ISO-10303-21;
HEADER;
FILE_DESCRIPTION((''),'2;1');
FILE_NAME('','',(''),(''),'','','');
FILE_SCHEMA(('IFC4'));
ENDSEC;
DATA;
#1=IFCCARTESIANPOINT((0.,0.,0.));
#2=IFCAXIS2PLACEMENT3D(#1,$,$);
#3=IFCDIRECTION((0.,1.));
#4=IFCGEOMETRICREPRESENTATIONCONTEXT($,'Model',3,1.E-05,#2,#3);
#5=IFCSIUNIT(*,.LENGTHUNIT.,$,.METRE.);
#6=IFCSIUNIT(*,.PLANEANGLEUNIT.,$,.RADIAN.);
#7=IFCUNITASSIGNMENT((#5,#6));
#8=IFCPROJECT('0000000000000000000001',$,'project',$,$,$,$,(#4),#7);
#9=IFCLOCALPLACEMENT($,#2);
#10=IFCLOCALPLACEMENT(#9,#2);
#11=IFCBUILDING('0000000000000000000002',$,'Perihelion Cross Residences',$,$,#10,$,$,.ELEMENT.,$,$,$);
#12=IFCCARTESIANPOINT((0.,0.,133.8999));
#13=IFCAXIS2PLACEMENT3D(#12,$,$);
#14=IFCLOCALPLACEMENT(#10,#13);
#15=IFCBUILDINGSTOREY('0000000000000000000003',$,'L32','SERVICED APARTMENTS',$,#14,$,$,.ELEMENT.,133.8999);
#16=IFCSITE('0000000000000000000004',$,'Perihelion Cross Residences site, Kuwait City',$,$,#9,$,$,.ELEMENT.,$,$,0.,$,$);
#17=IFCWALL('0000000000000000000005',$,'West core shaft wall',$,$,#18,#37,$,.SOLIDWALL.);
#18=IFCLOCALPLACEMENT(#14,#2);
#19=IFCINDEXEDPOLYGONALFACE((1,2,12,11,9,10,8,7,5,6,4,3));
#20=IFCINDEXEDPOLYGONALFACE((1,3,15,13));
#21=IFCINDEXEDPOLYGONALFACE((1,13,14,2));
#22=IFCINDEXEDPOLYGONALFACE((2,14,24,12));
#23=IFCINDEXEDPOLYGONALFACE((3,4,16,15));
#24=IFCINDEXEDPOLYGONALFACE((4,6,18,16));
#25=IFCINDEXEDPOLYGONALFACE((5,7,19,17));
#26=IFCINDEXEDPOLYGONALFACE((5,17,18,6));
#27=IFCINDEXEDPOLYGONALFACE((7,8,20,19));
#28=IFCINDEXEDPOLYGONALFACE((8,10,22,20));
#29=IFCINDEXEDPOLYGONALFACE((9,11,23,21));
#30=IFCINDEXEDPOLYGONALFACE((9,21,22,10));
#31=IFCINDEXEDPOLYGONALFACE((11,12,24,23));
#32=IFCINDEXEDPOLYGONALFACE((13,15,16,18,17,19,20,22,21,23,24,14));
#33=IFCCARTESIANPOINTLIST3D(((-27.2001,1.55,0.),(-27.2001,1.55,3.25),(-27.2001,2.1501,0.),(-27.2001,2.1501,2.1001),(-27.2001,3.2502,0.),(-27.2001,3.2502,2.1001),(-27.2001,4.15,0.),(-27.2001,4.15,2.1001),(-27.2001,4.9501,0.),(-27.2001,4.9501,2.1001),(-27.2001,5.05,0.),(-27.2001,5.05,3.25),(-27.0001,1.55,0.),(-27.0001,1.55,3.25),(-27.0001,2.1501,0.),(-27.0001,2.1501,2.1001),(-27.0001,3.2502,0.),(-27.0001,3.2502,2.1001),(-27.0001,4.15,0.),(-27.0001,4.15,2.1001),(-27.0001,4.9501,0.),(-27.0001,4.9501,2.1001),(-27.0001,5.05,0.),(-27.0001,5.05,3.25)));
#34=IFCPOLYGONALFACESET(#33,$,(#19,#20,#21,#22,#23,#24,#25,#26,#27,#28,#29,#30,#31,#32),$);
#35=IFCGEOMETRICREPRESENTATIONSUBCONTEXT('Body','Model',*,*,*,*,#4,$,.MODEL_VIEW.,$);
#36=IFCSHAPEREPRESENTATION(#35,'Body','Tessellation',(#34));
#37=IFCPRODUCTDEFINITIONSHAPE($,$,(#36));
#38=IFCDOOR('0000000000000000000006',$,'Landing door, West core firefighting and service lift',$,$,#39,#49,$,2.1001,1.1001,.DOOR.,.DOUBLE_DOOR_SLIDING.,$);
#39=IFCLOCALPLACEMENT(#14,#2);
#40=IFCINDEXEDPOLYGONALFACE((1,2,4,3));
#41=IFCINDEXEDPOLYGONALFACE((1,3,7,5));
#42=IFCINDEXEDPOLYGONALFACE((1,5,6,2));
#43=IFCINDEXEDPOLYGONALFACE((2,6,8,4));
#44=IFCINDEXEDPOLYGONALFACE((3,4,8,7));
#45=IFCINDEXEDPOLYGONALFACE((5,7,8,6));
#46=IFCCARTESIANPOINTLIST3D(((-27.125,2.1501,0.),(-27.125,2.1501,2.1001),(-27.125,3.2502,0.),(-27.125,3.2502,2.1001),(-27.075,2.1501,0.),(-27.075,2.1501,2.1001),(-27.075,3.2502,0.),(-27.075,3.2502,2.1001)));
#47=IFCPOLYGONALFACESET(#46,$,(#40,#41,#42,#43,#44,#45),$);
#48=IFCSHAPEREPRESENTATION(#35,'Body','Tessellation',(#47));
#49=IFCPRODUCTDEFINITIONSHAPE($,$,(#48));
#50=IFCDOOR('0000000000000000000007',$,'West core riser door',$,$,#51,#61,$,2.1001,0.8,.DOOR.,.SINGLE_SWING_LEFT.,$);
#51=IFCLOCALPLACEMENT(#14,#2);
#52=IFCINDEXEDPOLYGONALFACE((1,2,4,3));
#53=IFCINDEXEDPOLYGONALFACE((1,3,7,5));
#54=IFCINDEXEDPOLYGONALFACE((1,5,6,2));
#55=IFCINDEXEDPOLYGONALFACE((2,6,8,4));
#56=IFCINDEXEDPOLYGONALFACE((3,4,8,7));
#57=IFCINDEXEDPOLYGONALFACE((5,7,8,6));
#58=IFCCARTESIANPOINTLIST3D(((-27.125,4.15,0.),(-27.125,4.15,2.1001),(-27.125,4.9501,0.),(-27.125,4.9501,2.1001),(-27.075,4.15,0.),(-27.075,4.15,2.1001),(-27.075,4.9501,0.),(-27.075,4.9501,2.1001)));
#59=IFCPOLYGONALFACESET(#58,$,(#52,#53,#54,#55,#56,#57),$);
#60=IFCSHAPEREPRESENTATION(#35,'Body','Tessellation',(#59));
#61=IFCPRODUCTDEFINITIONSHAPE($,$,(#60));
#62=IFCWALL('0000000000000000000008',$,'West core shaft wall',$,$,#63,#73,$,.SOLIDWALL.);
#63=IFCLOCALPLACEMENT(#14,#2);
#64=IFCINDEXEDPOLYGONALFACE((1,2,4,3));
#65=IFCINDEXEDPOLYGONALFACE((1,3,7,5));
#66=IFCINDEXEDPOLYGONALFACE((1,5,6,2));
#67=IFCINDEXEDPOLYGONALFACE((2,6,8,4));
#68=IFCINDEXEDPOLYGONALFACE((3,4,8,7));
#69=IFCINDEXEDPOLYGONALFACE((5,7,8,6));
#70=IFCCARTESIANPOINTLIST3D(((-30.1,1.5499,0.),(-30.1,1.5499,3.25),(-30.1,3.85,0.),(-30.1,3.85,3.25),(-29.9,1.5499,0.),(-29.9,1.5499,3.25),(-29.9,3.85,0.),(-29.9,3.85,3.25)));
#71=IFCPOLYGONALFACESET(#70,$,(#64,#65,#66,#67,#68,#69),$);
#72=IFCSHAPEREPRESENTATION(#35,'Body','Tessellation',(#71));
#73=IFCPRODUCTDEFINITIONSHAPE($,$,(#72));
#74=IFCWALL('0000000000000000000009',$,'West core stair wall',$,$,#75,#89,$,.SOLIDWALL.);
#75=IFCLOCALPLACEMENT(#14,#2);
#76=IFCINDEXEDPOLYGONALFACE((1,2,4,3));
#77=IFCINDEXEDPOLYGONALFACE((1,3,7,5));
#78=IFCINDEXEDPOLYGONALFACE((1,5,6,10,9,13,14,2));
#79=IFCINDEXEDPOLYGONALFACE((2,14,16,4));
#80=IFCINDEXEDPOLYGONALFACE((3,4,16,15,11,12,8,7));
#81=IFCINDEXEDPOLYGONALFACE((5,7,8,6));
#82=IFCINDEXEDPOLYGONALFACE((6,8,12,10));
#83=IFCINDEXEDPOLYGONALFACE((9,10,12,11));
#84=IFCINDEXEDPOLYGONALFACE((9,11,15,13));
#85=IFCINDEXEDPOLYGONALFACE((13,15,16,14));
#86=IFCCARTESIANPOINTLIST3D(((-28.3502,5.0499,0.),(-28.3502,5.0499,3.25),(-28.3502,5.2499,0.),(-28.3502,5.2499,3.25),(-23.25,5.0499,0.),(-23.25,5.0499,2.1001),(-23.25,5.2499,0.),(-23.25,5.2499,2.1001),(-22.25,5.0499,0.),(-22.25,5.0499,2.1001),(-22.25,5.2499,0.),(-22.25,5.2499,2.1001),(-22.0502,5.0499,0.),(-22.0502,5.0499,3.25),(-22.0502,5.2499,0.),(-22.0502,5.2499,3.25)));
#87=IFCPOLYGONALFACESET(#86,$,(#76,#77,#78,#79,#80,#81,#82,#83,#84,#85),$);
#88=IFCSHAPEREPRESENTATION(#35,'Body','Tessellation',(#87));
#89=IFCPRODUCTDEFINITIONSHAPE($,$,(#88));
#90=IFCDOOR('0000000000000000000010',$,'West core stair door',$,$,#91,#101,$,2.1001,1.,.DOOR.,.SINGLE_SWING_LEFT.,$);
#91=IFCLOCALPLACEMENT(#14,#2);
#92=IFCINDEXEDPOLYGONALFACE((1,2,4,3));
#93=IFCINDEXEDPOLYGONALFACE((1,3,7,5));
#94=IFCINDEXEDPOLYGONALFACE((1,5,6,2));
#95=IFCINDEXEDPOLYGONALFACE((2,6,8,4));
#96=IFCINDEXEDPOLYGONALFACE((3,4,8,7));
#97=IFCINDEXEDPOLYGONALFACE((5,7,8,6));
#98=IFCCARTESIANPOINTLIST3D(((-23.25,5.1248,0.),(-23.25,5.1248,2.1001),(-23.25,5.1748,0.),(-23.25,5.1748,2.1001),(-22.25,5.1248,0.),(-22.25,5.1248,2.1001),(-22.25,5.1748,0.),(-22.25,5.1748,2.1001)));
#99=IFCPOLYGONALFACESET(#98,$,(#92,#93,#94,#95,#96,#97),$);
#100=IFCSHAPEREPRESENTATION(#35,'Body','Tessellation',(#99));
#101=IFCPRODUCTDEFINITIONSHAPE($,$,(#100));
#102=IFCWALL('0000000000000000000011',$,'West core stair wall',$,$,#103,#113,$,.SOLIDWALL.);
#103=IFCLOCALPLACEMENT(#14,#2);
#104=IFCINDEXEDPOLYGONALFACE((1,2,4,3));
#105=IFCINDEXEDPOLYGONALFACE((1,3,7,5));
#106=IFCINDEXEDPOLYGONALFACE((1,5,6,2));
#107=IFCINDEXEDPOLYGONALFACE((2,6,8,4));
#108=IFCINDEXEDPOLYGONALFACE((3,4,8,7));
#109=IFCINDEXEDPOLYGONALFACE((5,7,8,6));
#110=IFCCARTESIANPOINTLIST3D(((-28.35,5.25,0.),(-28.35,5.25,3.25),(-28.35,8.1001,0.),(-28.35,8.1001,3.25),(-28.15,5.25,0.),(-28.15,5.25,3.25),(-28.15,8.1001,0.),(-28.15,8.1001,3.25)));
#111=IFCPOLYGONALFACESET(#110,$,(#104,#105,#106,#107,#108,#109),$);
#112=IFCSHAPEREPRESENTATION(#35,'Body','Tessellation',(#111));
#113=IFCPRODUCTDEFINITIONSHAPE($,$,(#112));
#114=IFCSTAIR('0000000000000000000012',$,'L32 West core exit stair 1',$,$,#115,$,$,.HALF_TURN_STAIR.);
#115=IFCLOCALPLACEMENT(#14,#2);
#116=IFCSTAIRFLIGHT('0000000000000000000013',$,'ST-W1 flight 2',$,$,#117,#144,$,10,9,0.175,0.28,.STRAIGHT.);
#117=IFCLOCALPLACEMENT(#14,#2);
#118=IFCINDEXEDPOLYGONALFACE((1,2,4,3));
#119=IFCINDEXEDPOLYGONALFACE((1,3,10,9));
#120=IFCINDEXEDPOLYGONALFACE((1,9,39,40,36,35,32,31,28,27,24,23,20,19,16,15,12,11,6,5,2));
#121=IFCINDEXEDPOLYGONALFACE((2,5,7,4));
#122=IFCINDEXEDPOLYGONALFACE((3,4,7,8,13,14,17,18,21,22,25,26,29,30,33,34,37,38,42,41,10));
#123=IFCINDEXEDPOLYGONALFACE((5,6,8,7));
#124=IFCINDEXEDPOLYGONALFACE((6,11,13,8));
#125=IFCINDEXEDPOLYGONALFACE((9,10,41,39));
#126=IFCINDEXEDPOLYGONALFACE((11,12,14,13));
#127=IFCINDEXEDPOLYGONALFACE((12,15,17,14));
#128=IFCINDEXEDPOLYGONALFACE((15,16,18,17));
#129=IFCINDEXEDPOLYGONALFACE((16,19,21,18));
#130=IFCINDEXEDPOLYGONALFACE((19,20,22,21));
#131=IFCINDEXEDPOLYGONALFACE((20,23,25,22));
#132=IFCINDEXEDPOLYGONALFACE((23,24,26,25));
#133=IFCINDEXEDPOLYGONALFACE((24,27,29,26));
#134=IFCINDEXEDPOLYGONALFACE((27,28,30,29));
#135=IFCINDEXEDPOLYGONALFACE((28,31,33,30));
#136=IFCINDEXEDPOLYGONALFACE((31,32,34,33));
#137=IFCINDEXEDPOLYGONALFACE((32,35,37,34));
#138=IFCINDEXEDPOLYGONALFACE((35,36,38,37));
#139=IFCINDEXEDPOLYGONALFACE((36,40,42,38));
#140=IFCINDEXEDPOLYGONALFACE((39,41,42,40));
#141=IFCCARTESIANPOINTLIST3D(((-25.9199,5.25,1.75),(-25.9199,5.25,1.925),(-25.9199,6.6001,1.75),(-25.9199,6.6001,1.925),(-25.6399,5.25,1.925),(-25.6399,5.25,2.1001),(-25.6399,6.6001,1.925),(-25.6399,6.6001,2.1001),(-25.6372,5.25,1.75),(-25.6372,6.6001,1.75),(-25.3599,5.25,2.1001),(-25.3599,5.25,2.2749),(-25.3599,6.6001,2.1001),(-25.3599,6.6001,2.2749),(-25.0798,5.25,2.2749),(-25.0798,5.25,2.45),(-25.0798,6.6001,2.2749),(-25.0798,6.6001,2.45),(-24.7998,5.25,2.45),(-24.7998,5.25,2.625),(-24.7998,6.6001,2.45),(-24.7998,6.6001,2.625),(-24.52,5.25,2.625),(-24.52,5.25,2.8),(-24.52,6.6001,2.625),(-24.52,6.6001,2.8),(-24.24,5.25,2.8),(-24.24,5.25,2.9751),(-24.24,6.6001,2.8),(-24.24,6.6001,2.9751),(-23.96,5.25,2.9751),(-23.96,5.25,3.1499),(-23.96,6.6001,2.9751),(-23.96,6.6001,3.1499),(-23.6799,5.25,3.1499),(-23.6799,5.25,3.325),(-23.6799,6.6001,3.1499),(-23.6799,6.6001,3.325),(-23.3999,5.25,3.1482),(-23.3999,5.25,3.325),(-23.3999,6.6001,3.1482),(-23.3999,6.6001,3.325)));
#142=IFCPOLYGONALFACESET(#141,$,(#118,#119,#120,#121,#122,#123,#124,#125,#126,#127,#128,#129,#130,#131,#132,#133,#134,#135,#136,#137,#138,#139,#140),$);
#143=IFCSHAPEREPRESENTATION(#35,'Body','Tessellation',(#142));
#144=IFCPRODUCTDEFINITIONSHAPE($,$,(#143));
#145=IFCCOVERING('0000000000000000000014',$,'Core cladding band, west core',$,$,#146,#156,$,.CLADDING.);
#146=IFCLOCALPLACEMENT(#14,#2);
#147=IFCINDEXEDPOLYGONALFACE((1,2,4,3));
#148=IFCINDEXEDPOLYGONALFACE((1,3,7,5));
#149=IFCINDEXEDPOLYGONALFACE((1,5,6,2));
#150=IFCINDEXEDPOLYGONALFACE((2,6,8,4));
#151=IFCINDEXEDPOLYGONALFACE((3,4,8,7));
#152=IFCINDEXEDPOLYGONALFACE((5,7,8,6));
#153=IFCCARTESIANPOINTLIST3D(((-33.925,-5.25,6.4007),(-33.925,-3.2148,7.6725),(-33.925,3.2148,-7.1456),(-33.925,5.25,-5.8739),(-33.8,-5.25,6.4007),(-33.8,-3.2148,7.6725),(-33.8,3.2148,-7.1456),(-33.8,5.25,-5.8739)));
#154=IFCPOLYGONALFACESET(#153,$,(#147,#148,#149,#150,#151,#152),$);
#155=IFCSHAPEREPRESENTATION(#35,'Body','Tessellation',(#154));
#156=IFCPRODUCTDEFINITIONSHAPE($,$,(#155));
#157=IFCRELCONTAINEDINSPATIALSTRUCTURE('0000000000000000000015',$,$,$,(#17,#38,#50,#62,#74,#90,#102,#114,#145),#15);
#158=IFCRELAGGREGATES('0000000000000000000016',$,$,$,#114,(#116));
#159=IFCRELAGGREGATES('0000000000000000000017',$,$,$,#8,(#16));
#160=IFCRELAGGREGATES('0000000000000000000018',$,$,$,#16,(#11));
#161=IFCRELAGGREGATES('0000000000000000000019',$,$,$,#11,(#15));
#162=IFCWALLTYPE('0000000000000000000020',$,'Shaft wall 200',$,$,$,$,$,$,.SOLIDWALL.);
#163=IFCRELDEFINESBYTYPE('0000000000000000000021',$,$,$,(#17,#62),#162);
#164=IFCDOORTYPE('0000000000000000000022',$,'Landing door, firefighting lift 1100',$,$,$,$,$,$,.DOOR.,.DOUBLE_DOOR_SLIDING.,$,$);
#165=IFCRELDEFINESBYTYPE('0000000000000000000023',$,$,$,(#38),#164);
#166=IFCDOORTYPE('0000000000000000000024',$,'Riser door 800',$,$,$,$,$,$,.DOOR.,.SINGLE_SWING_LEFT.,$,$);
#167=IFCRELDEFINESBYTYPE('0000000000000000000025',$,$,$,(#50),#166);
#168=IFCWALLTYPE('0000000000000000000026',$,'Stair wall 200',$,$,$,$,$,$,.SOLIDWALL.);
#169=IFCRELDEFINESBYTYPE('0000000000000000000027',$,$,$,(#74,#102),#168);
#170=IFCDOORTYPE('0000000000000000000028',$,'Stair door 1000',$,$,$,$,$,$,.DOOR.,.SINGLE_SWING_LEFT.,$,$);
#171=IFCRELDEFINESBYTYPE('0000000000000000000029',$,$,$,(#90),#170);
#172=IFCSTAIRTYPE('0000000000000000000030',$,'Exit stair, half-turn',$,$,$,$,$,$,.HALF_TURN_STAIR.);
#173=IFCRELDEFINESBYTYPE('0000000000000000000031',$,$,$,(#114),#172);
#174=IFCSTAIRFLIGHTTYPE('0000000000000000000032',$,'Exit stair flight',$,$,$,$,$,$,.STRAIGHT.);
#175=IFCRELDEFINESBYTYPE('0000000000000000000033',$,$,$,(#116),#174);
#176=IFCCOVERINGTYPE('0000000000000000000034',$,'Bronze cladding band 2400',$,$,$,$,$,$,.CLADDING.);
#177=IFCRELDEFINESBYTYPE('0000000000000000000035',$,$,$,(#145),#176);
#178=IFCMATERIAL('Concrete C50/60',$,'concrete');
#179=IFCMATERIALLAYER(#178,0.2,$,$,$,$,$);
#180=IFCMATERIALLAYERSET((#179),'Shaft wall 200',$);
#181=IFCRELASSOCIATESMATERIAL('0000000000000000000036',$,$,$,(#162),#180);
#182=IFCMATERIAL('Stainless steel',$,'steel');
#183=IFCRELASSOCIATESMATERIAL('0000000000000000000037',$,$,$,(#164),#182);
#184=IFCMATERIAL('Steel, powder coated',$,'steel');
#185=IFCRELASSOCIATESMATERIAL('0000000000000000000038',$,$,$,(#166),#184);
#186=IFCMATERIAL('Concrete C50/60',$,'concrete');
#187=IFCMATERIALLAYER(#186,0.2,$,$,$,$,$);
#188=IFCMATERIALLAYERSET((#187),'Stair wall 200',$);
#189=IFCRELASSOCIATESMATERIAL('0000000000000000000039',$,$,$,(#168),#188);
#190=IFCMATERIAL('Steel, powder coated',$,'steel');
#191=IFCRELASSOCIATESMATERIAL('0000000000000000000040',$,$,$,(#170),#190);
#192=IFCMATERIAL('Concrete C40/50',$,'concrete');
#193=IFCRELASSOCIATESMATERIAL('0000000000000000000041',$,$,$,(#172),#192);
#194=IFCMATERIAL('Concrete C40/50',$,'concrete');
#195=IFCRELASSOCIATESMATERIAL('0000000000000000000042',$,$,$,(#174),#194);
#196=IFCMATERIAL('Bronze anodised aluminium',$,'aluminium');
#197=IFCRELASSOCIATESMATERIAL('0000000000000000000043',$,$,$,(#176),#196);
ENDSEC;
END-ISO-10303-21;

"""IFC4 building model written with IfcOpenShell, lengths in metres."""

from ifc_helpers import new_model, si_unit, direction, frame, frame_2d, origin, origin_2d, place, context, subcontext, project, spatial, polyline, rectangle, outline, extrude, material, layer, layer_set, material_profile, profile_set, type_object, element, fill, aggregate, save


model = new_model("IFC4")

# Units and contexts
model_context = context("Model", 3, precision=1e-05, world=origin(), true_north=direction((0.0, 1.0)))
body_context = subcontext(model_context, "Body", "Model", "MODEL_VIEW")
ifc_project = project(units=[si_unit("LENGTHUNIT", "METRE"), si_unit("PLANEANGLEUNIT", "RADIAN")], contexts=[model_context])

# Site, building, storey
site_placement = place(None, origin())
site = spatial("IfcSite", under=ifc_project, at=site_placement, Name="Perihelion Cross Residences site, Kuwait City", CompositionType="ELEMENT", RefElevation=0.0)
building_placement = place(site_placement, origin())
building = spatial("IfcBuilding", under=site, at=building_placement, Name="Perihelion Cross Residences", CompositionType="ELEMENT")
storey_placement = place(building_placement, frame((0.0, 0.0, 133.8999)))
storey = spatial("IfcBuildingStorey", under=building, at=storey_placement, Name="L32", Description="SERVICED APARTMENTS", CompositionType="ELEMENT", Elevation=133.8999)

# Shared definitions
ifc_material_1 = material(Name="Concrete C50/60", Category="concrete")
ifc_layer_1 = layer(ifc_material_1, 0.2)
ifc_layer_set_1 = layer_set([ifc_layer_1], Name="Shaft wall 200")
wall_type_1 = type_object("IfcWallType", Name="Shaft wall 200", PredefinedType="SOLIDWALL", material=ifc_layer_set_1)

# Wall, openings, doors
wall_1_placement = place(storey_placement, frame((-27.1001, 1.55, 0.0), z_axis=(0.0, 0.0, 1.0), x_axis=(0.0, 1.0, 0.0)))
wall_1 = element("IfcWall", 1, at=wall_1_placement, inside=storey, type_object=wall_type_1, Name="West core shaft wall", PredefinedType="SOLIDWALL", context=body_context, shape_type="SweptSolid", body=[
    extrude(rectangle(XDim=3.5, YDim=0.2, at=frame_2d((1.75, 0.0))), origin(), (0.0, 0.0, 1.0), 3.25),
])
opening_1_placement = place(wall_1_placement, frame((0.6001, 0.0, 0.0)))
opening_1 = element("IfcOpeningElement", 2, at=opening_1_placement, cuts=wall_1, PredefinedType="OPENING", context=body_context, shape_type="SweptSolid", body=[
    extrude(rectangle(XDim=1.1001, YDim=2.1001, at=frame_2d((0.55, 1.05))), frame((0.0, 0.1099, 0.0), z_axis=(0.0, -1.0, 0.0), x_axis=(1.0, 0.0, 0.0)), (0.0, 0.0, 1.0), 0.22),
])
opening_2_placement = place(wall_1_placement, frame((2.6001, 0.0, 0.0)))
opening_2 = element("IfcOpeningElement", 3, at=opening_2_placement, cuts=wall_1, PredefinedType="OPENING", context=body_context, shape_type="SweptSolid", body=[
    extrude(rectangle(XDim=0.8, YDim=2.1001, at=frame_2d((0.3999, 1.05))), frame((0.0, 0.1099, 0.0), z_axis=(0.0, -1.0, 0.0), x_axis=(1.0, 0.0, 0.0)), (0.0, 0.0, 1.0), 0.22),
])
ifc_material_2 = material(Name="Stainless steel", Category="steel")
door_type_1 = type_object("IfcDoorType", Name="Landing door, firefighting lift 1100", OperationType="DOUBLE_DOOR_SLIDING", PredefinedType="DOOR", material=ifc_material_2)
door_1_placement = place(opening_1_placement, origin())
door_1 = element("IfcDoor", 4, at=door_1_placement, inside=storey, type_object=door_type_1, Name="Landing door, West core firefighting and service lift", OperationType="DOUBLE_DOOR_SLIDING", OverallHeight=2.1001, OverallWidth=1.1001, PredefinedType="DOOR", context=body_context, shape_type="SweptSolid", body=[
    extrude(rectangle(XDim=1.1001, YDim=2.1001, at=frame_2d((0.55, 1.05))), frame((0.0, 0.0249, 0.0), z_axis=(0.0, -1.0, 0.0), x_axis=(1.0, 0.0, 0.0)), (0.0, 0.0, 1.0), 0.05),
])
fill(opening_1, door_1)
ifc_material_3 = material(Name="Steel, powder coated", Category="steel")
door_type_2 = type_object("IfcDoorType", Name="Riser door 800", OperationType="SINGLE_SWING_LEFT", PredefinedType="DOOR", material=ifc_material_3)
door_2_placement = place(opening_2_placement, origin())
door_2 = element("IfcDoor", 5, at=door_2_placement, inside=storey, type_object=door_type_2, Name="West core riser door", OperationType="SINGLE_SWING_LEFT", OverallHeight=2.1001, OverallWidth=0.8, PredefinedType="DOOR", context=body_context, shape_type="SweptSolid", body=[
    extrude(rectangle(XDim=0.8, YDim=2.1001, at=frame_2d((0.3999, 1.05))), frame((0.0, 0.0249, 0.0), z_axis=(0.0, -1.0, 0.0), x_axis=(1.0, 0.0, 0.0)), (0.0, 0.0, 1.0), 0.05),
])
fill(opening_2, door_2)

# Wall
wall_2_placement = place(storey_placement, frame((-30.0, 1.55, 0.0), z_axis=(0.0, 0.0, 1.0), x_axis=(0.0, 1.0, 0.0)))
element("IfcWall", 6, at=wall_2_placement, inside=storey, type_object=wall_type_1, Name="West core shaft wall", PredefinedType="SOLIDWALL", context=body_context, shape_type="SweptSolid", body=[
    extrude(rectangle(XDim=2.3, YDim=0.2, at=frame_2d((1.1499, 0.0))), origin(), (0.0, 0.0, 1.0), 3.25),
])

# Wall, opening, door
ifc_material_4 = material(Name="Concrete C50/60", Category="concrete")
ifc_layer_2 = layer(ifc_material_4, 0.2)
ifc_layer_set_2 = layer_set([ifc_layer_2], Name="Stair wall 200")
wall_type_2 = type_object("IfcWallType", Name="Stair wall 200", PredefinedType="SOLIDWALL", material=ifc_layer_set_2)
wall_3_placement = place(storey_placement, frame((-28.3501, 5.1499, 0.0), z_axis=(0.0, 0.0, 1.0), x_axis=(1.0, 0.0, 0.0)))
wall_3 = element("IfcWall", 7, at=wall_3_placement, inside=storey, type_object=wall_type_2, Name="West core stair wall", PredefinedType="SOLIDWALL", context=body_context, shape_type="SweptSolid", body=[
    extrude(rectangle(XDim=6.3, YDim=0.2, at=frame_2d((3.1499, 0.0))), origin(), (0.0, 0.0, 1.0), 3.25),
])
opening_3_placement = place(wall_3_placement, frame((5.1001, 0.0, 0.0)))
opening_3 = element("IfcOpeningElement", 8, at=opening_3_placement, cuts=wall_3, PredefinedType="OPENING", context=body_context, shape_type="SweptSolid", body=[
    extrude(rectangle(XDim=1.0, YDim=2.1001, at=frame_2d((0.5, 1.05))), frame((0.0, 0.1099, 0.0), z_axis=(0.0, -1.0, 0.0), x_axis=(1.0, 0.0, 0.0)), (0.0, 0.0, 1.0), 0.22),
])
ifc_material_5 = material(Name="Steel, powder coated", Category="steel")
door_type_3 = type_object("IfcDoorType", Name="Stair door 1000", OperationType="SINGLE_SWING_LEFT", PredefinedType="DOOR", material=ifc_material_5)
door_3_placement = place(opening_3_placement, origin())
door_3 = element("IfcDoor", 9, at=door_3_placement, inside=storey, type_object=door_type_3, Name="West core stair door", OperationType="SINGLE_SWING_LEFT", OverallHeight=2.1001, OverallWidth=1.0, PredefinedType="DOOR", context=body_context, shape_type="SweptSolid", body=[
    extrude(rectangle(XDim=1.0, YDim=2.1001, at=frame_2d((0.5, 1.05))), frame((0.0, 0.0249, 0.0), z_axis=(0.0, -1.0, 0.0), x_axis=(1.0, 0.0, 0.0)), (0.0, 0.0, 1.0), 0.05),
])
fill(opening_3, door_3)

# Wall
wall_4_placement = place(storey_placement, frame((-28.25, 5.25, 0.0), z_axis=(0.0, 0.0, 1.0), x_axis=(0.0, 1.0, 0.0)))
element("IfcWall", 10, at=wall_4_placement, inside=storey, type_object=wall_type_2, Name="West core stair wall", PredefinedType="SOLIDWALL", context=body_context, shape_type="SweptSolid", body=[
    extrude(rectangle(XDim=2.8501, YDim=0.2, at=frame_2d((1.425, 0.0))), origin(), (0.0, 0.0, 1.0), 3.25),
])

# Stair, stair flight
ifc_material_6 = material(Name="Concrete C40/50", Category="concrete")
stair_type = type_object("IfcStairType", Name="Exit stair, half-turn", PredefinedType="HALF_TURN_STAIR", material=ifc_material_6)
stair_placement = place(storey_placement, origin())
stair = element("IfcStair", 11, at=stair_placement, inside=storey, type_object=stair_type, Name="L32 West core exit stair 1", PredefinedType="HALF_TURN_STAIR")
ifc_material_7 = material(Name="Concrete C40/50", Category="concrete")
stair_flight_type = type_object("IfcStairFlightType", Name="Exit stair flight", PredefinedType="STRAIGHT", material=ifc_material_7)
stair_flight_placement = place(storey_placement, frame((-25.9199, 5.925, 1.75), z_axis=(0.0, 0.0, 1.0), x_axis=(1.0, 0.0, 0.0)))
stair_flight = element("IfcStairFlight", 12, at=stair_flight_placement, type_object=stair_flight_type, Name="ST-W1 flight 2", NumberOfRisers=10, NumberOfTreads=9, PredefinedType="STRAIGHT", RiserHeight=0.175, TreadLength=0.28, context=body_context, shape_type="SweptSolid", body=[
    extrude(outline(polyline([(0.0, 0.0), (0.0, 0.175), (0.28, 0.175), (0.28, 0.3501), (0.5601, 0.3501), (0.5601, 0.5249), (0.8401, 0.5249), (0.8401, 0.7), (1.1201, 0.7), (1.1201, 0.875), (1.3999, 0.875), (1.3999, 1.05), (1.6799, 1.05), (1.6799, 1.2251), (1.96, 1.2251), (1.96, 1.3999), (2.24, 1.3999), (2.24, 1.575), (2.52, 1.575), (2.52, 1.75), (2.52, 1.3982), (0.2827, 0.0), (0.0, 0.0)])), frame((0.0, 0.675, 0.0), z_axis=(0.0, -1.0, 0.0), x_axis=(1.0, 0.0, 0.0)), (0.0, 0.0, 1.0), 1.3501),
])
aggregate(stair, [stair_flight])

# Covering
ifc_material_8 = material(Name="Bronze anodised aluminium", Category="aluminium")
ifc_material_profile = material_profile(ifc_material_8, rectangle(XDim=0.125, YDim=2.3999, at=origin_2d()), Name="Bronze cladding band 2400")
ifc_profile_set = profile_set([ifc_material_profile], Name="Bronze anodised aluminium")
covering_type = type_object("IfcCoveringType", Name="Bronze cladding band 2400", PredefinedType="CLADDING", material=ifc_profile_set)
covering_placement = place(storey_placement, frame((-33.8625, 4.2324, -6.5098), z_axis=(0.0, -0.529925, 0.848045), x_axis=(1.0, 0.0, 0.0)))
element("IfcCovering", 13, at=covering_placement, inside=storey, type_object=covering_type, Name="Core cladding band, west core", PredefinedType="CLADDING", context=body_context, shape_type="SweptSolid", body=[
    extrude(rectangle(XDim=0.125, YDim=2.3999, at=origin_2d()), origin(), (0.0, 0.0, 1.0), 15.9736),
])

save(model, "model.ifc")
